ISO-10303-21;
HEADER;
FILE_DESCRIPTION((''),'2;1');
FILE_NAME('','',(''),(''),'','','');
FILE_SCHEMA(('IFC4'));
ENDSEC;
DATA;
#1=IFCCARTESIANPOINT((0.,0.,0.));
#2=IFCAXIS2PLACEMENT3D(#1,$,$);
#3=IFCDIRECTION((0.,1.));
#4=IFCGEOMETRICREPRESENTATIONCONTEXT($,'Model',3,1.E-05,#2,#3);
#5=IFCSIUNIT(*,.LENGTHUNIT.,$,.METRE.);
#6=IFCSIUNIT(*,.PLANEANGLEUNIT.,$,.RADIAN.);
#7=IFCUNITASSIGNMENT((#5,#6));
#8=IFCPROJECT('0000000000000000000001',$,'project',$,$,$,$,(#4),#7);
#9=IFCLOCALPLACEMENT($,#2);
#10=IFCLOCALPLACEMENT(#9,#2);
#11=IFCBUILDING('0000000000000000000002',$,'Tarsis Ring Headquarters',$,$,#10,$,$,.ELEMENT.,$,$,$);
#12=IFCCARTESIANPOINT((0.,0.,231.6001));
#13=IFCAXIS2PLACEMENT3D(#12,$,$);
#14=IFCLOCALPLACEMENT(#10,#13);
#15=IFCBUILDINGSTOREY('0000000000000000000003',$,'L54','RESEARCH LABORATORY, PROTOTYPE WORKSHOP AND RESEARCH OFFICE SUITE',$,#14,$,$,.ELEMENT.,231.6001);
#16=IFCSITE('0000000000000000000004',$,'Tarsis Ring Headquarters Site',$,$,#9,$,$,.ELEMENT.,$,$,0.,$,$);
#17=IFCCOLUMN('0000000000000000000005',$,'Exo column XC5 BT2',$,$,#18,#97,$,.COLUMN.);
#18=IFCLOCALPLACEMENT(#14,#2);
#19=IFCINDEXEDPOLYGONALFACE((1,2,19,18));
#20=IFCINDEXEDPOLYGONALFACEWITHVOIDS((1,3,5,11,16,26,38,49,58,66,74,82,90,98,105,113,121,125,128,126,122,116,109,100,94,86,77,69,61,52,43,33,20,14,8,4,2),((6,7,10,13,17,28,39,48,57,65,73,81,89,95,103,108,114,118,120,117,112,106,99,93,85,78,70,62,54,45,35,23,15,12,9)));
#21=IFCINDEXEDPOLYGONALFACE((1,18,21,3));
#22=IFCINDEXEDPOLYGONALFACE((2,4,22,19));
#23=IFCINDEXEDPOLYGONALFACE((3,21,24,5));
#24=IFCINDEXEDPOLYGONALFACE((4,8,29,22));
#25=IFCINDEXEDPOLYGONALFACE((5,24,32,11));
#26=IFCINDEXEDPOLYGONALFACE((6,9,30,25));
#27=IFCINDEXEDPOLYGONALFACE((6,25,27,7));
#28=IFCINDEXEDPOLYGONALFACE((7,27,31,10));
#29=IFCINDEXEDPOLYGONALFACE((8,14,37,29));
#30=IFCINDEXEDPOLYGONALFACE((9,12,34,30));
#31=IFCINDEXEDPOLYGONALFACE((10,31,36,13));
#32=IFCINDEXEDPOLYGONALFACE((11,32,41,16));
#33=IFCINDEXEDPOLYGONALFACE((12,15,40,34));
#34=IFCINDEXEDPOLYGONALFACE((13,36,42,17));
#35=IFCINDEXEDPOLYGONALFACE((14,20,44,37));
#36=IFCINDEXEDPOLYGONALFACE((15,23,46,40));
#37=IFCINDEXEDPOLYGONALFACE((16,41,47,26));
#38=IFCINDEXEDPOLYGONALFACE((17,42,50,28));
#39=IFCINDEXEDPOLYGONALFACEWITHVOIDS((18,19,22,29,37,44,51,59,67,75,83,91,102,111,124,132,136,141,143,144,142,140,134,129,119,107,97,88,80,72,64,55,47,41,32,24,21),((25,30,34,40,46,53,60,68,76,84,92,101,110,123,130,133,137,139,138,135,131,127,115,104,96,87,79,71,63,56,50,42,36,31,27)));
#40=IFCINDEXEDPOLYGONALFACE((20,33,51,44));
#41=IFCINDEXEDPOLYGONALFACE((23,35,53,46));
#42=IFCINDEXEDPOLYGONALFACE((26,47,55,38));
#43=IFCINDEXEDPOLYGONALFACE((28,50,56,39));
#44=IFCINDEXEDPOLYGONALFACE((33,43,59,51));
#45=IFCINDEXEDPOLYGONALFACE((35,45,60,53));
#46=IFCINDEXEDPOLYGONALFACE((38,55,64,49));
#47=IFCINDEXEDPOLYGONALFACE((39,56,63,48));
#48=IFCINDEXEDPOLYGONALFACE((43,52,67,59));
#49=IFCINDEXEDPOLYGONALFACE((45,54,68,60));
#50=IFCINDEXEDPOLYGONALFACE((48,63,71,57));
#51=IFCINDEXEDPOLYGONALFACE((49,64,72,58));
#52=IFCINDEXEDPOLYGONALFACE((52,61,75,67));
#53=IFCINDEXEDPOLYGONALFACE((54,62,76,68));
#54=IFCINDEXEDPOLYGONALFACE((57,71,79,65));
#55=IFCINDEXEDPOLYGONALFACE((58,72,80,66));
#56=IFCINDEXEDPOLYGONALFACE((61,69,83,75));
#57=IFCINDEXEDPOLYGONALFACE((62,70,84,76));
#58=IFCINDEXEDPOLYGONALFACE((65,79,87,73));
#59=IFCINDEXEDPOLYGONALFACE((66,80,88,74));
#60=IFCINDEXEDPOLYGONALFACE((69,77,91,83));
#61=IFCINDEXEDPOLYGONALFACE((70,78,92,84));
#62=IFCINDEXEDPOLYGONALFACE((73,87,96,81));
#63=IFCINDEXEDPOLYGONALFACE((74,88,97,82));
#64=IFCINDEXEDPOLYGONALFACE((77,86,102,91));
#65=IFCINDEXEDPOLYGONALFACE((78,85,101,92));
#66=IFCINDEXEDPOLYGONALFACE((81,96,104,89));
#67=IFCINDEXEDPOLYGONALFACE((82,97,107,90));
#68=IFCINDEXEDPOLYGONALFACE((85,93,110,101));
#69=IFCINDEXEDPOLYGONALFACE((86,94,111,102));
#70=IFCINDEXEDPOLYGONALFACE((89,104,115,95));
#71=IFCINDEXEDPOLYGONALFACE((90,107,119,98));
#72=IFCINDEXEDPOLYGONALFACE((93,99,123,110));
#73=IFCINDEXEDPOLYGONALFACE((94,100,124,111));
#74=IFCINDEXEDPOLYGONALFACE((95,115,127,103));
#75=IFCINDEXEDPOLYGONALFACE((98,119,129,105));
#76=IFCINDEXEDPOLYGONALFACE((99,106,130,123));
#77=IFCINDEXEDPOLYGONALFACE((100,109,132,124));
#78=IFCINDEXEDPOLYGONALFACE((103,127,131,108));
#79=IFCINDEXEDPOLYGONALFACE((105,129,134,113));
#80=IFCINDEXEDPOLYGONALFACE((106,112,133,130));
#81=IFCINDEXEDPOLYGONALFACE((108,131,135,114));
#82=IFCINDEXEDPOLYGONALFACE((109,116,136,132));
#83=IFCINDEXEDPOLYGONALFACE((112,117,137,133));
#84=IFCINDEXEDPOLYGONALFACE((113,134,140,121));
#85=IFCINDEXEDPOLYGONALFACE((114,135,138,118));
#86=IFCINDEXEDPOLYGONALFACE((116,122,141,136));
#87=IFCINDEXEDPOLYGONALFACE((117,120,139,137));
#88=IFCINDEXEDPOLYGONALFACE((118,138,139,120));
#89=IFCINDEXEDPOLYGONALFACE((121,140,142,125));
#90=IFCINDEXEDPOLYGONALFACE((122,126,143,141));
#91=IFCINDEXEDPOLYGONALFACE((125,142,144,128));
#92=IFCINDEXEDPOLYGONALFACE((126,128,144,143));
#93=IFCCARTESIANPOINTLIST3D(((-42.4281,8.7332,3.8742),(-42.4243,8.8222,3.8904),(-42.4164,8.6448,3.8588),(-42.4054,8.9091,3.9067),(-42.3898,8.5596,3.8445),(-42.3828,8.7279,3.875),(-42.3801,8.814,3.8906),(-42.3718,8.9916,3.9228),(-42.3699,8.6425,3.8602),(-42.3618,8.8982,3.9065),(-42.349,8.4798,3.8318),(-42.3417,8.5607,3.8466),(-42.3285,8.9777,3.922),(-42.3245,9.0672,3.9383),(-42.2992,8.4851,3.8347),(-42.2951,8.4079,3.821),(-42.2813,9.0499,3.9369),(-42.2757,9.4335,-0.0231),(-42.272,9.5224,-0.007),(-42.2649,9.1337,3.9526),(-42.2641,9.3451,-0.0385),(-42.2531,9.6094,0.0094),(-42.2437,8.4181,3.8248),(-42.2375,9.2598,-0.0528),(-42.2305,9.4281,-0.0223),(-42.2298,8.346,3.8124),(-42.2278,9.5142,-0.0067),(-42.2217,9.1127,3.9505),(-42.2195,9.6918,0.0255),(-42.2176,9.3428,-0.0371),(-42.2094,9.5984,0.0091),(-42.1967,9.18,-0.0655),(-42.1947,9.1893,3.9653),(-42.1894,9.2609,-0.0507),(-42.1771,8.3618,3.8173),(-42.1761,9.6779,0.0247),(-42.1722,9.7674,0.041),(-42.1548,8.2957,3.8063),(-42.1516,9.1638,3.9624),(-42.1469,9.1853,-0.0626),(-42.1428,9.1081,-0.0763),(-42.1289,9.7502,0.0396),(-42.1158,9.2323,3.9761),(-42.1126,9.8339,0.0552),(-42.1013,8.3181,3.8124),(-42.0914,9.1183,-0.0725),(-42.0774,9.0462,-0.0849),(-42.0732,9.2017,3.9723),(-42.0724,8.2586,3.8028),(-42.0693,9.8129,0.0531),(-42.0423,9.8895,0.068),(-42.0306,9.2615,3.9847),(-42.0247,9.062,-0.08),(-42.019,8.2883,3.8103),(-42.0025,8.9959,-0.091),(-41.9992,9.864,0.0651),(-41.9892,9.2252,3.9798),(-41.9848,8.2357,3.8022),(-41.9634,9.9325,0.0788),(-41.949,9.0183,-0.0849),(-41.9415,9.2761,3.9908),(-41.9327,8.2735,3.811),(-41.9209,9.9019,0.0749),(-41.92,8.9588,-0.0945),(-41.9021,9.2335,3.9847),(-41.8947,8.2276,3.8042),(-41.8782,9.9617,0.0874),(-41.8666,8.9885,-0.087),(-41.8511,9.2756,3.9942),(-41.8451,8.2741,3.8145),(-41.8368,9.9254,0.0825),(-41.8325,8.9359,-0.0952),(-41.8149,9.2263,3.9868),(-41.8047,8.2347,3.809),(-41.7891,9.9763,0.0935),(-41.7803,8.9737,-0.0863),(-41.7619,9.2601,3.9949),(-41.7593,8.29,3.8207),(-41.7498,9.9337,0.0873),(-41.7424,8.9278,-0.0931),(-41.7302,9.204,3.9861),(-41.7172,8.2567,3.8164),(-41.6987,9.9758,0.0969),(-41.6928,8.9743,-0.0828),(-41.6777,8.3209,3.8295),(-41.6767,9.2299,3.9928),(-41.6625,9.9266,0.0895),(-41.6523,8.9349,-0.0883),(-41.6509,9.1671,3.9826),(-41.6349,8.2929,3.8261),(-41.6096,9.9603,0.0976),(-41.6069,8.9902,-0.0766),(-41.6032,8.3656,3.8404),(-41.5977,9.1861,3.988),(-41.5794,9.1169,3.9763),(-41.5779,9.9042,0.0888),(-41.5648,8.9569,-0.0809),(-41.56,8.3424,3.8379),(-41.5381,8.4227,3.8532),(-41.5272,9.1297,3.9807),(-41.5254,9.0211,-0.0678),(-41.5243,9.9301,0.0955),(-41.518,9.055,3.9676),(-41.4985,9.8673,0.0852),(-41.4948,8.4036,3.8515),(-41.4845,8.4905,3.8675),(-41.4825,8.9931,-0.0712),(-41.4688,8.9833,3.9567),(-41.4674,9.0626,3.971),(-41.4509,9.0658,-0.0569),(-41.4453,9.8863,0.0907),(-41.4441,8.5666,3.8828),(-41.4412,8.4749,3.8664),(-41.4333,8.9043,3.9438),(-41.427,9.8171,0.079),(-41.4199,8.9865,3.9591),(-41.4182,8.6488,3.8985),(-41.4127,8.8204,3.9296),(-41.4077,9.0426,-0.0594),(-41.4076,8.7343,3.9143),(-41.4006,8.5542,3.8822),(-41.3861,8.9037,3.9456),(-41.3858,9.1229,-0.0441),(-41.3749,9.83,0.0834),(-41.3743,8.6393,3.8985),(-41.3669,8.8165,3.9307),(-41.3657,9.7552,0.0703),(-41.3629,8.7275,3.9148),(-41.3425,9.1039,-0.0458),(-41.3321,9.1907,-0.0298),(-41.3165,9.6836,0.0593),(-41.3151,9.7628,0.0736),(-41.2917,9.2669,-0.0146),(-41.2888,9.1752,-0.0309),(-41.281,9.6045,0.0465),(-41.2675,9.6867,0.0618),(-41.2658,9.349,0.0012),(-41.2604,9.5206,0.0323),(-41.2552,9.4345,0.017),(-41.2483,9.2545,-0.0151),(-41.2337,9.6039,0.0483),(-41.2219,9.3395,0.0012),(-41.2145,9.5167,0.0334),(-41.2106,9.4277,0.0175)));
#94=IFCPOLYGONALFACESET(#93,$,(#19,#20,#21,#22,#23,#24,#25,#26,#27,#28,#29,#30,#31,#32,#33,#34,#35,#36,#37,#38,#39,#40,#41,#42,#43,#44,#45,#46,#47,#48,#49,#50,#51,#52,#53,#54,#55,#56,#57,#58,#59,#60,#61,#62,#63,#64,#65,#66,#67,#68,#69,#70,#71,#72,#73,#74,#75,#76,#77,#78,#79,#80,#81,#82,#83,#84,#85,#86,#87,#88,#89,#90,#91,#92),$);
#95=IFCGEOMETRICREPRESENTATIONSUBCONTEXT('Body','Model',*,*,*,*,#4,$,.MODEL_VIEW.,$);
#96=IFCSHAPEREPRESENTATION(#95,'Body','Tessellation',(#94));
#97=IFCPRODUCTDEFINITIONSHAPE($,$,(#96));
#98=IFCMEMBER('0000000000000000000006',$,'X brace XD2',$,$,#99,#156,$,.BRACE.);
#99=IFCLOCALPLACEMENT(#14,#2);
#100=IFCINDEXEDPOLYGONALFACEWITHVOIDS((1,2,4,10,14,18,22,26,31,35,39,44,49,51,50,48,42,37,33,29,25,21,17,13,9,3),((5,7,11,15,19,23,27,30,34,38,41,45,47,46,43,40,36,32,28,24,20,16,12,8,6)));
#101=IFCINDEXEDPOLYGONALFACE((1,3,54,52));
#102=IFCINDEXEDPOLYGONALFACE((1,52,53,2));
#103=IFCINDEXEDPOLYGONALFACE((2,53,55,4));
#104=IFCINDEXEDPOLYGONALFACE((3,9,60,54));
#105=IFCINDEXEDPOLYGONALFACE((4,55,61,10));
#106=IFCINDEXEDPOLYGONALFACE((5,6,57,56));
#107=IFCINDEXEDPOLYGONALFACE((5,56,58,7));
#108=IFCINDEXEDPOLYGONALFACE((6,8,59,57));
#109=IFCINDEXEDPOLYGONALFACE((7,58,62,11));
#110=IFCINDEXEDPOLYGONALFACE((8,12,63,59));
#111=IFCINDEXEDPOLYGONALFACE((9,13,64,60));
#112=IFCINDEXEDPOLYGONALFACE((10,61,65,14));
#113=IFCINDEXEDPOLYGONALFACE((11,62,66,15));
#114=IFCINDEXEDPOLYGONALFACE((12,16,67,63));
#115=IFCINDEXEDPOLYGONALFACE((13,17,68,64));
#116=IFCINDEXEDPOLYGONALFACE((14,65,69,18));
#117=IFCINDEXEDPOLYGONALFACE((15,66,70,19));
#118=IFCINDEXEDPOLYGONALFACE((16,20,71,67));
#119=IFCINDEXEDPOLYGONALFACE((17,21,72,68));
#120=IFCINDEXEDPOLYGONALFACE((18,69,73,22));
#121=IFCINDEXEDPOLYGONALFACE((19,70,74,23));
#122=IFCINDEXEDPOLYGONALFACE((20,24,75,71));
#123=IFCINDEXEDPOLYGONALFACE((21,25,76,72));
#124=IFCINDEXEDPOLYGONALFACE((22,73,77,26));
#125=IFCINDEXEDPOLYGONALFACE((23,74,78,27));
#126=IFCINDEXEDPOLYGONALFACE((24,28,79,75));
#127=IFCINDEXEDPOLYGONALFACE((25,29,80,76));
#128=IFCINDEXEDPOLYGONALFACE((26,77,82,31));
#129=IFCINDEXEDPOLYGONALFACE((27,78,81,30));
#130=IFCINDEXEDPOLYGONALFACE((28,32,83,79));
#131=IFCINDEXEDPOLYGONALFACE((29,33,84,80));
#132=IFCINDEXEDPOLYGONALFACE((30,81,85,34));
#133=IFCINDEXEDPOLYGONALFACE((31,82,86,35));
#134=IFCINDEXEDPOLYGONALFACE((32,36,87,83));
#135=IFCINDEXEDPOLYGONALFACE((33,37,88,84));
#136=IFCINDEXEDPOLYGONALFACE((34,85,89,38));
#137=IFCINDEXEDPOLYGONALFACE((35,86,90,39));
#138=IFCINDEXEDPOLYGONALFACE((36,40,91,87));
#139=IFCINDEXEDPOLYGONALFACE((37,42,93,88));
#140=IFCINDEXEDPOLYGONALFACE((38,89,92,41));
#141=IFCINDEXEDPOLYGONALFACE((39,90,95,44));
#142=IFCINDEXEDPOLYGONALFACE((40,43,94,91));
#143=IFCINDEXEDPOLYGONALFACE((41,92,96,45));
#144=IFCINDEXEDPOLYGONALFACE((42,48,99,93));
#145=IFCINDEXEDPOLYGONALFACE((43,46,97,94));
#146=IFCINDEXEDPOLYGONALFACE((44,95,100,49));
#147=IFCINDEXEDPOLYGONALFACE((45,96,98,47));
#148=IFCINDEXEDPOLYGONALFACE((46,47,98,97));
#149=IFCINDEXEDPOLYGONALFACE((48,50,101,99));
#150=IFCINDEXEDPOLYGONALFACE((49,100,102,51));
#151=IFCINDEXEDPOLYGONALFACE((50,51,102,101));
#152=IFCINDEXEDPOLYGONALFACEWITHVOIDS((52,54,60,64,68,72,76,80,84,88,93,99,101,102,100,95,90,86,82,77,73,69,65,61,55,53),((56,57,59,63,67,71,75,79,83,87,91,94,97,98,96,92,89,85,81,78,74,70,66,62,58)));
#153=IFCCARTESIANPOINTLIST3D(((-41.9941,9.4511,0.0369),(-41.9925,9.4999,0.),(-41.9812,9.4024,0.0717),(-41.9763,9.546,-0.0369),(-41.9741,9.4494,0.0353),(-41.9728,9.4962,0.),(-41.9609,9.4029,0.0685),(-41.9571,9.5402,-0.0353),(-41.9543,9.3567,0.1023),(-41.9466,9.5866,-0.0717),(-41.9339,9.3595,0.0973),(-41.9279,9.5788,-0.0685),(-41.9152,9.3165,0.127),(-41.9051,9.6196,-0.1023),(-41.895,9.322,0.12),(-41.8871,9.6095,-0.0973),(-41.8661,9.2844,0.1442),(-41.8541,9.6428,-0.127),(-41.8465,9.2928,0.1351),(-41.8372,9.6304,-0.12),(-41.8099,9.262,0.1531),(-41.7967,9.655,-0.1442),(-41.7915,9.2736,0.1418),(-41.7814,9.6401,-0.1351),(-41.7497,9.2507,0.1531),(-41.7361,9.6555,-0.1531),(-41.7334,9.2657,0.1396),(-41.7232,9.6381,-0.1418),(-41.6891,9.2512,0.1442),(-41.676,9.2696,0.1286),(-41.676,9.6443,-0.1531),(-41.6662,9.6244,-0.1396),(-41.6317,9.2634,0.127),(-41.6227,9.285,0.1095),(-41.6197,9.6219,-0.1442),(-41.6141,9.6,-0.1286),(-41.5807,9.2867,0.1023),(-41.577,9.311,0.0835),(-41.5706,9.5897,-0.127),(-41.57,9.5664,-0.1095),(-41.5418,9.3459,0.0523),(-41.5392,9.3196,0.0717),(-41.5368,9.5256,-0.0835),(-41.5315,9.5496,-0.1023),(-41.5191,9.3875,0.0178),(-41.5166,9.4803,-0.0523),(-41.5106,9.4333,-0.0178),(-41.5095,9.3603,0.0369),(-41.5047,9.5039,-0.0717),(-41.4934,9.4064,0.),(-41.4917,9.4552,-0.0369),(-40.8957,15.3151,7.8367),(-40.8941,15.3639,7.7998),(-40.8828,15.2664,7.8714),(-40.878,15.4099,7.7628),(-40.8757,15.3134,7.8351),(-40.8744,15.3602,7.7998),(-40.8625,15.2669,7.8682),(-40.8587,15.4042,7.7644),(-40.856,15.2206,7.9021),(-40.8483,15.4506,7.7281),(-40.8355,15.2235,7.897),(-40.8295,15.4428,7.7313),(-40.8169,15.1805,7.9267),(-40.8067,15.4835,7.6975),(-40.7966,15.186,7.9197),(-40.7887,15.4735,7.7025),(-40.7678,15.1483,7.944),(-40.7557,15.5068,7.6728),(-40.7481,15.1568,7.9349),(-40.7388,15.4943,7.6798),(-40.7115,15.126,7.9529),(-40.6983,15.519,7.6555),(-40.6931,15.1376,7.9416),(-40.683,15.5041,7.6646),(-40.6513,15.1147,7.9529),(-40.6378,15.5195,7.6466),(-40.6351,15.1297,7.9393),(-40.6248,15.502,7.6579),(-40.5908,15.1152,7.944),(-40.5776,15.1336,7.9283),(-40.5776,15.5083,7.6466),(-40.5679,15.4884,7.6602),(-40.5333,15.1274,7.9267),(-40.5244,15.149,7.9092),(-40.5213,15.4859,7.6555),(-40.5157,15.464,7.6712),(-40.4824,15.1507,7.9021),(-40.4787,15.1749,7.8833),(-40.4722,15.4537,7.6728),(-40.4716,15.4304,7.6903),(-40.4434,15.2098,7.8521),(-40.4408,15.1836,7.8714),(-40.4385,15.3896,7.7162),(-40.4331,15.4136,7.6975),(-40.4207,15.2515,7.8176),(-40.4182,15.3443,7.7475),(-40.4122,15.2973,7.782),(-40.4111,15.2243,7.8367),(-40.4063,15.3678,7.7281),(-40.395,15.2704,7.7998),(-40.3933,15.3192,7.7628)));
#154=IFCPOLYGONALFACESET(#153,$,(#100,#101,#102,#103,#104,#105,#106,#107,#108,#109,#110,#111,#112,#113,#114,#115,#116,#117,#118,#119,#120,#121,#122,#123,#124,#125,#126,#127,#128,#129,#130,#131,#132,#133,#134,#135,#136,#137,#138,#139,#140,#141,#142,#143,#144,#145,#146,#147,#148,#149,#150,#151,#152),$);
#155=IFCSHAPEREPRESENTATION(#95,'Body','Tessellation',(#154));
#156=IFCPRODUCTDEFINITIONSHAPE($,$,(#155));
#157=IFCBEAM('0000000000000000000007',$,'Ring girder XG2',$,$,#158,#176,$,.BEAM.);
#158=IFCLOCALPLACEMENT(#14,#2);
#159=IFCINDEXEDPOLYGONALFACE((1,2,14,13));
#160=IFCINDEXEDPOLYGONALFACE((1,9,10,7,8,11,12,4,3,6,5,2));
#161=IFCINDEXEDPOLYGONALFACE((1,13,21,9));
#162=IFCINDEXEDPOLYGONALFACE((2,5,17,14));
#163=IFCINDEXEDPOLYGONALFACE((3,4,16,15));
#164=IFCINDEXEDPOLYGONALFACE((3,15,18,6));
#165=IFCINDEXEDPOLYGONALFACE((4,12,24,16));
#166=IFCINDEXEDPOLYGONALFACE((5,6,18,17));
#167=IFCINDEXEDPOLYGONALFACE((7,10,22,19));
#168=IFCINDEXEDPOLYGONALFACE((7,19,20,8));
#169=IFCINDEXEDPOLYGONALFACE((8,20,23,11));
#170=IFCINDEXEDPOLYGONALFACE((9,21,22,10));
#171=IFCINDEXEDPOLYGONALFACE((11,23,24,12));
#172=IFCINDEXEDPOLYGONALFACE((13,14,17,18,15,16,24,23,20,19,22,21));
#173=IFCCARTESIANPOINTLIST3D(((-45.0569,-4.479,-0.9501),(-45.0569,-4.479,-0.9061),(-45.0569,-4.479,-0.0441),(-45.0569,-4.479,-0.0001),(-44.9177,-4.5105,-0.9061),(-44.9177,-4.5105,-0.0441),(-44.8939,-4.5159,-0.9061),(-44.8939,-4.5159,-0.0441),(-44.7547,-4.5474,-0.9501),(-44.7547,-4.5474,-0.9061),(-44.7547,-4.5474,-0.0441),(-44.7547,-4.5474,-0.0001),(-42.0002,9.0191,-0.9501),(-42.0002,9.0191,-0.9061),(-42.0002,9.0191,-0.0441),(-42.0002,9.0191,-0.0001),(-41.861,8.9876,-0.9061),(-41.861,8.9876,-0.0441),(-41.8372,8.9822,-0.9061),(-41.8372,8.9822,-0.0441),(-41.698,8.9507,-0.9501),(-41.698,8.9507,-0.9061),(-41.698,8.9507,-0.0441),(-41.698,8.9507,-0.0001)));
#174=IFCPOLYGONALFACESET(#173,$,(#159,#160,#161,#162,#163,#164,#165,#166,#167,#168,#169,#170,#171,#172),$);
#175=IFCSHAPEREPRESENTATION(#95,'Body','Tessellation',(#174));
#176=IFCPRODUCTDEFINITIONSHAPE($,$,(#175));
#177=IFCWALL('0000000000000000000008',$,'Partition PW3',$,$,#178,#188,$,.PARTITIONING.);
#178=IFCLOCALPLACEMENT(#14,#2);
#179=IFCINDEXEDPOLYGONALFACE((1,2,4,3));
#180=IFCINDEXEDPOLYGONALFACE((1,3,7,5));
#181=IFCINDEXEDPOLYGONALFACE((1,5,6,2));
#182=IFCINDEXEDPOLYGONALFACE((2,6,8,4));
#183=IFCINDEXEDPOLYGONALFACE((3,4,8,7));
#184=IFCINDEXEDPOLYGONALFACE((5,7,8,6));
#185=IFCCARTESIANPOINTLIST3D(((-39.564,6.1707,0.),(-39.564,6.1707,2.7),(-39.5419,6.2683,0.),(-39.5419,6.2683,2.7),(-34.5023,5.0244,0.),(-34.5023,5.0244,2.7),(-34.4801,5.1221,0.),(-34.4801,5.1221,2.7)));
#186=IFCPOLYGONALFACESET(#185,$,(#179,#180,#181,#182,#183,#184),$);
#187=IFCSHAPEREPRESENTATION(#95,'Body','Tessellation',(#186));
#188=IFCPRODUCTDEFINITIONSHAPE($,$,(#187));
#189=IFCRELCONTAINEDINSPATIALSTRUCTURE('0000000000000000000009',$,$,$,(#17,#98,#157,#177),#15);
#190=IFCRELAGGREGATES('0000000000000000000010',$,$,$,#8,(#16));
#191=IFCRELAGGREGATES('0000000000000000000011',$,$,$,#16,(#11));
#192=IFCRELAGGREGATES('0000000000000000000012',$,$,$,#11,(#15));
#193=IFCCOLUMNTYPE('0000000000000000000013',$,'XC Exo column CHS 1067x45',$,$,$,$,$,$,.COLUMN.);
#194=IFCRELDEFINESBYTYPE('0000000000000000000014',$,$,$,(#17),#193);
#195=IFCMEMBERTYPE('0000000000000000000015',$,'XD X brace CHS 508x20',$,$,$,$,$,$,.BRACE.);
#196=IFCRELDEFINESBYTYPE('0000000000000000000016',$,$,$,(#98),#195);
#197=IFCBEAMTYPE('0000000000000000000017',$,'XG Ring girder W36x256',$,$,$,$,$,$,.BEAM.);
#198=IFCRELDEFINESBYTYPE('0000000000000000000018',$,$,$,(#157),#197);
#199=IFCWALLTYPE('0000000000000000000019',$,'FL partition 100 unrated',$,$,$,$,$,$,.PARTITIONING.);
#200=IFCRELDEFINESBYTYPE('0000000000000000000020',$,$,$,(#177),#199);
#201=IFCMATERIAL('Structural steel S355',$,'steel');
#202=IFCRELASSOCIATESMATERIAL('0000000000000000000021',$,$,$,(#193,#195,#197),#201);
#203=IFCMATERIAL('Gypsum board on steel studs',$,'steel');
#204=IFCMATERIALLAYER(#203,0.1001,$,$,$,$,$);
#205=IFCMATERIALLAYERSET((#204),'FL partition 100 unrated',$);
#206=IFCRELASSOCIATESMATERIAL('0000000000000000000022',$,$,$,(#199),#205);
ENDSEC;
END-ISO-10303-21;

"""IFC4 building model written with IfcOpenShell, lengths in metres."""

from ifc_helpers import new_model, si_unit, direction, frame, frame_2d, origin, origin_2d, place, context, subcontext, project, spatial, rectangle, hollow_circle, i_section, extrude, material, layer, layer_set, material_profile, profile_set, type_object, element, save


model = new_model("IFC4")

# Units and contexts
model_context = context("Model", 3, precision=1e-05, world=origin(), true_north=direction((0.0, 1.0)))
body_context = subcontext(model_context, "Body", "Model", "MODEL_VIEW")
ifc_project = project(units=[si_unit("LENGTHUNIT", "METRE"), si_unit("PLANEANGLEUNIT", "RADIAN")], contexts=[model_context])

# Site, building, storey
site_placement = place(None, origin())
site = spatial("IfcSite", under=ifc_project, at=site_placement, Name="Tarsis Ring Headquarters Site", CompositionType="ELEMENT", RefElevation=0.0)
building_placement = place(site_placement, origin())
building = spatial("IfcBuilding", under=site, at=building_placement, Name="Tarsis Ring Headquarters", CompositionType="ELEMENT")
storey_placement = place(building_placement, frame((0.0, 0.0, 231.6001)))
storey = spatial("IfcBuildingStorey", under=building, at=storey_placement, Name="L54", Description="RESEARCH LABORATORY, PROTOTYPE WORKSHOP AND RESEARCH OFFICE SUITE", CompositionType="ELEMENT", Elevation=231.6001)

# Column
ifc_material_1 = material(Name="Structural steel S355", Category="steel")
ifc_material_profile_1 = material_profile(ifc_material_1, hollow_circle(Radius=0.5334, WallThickness=0.0449, at=origin_2d()), Name="CHS 1067x45")
ifc_profile_set_1 = profile_set([ifc_material_profile_1], Name="Structural steel S355")
column_type = type_object("IfcColumnType", Name="XC Exo column CHS 1067x45", PredefinedType="COLUMN", material=ifc_profile_set_1)
column_placement = place(storey_placement, frame((-41.7432, 9.4529, 0.0012), z_axis=(-0.038446, -0.176703, 0.983513), x_axis=(0.977139, -0.212599, 0.0)))
element("IfcColumn", 1, at=column_placement, inside=storey, type_object=column_type, Name="Exo column XC5 BT2", PredefinedType="COLUMN", context=body_context, shape_type="SweptSolid", body=[
    extrude(hollow_circle(Radius=0.5334, WallThickness=0.0449, at=origin_2d()), origin(), (0.0, 0.0, 1.0), 3.9626),
])

# Member
ifc_material_profile_2 = material_profile(ifc_material_1, hollow_circle(Radius=0.2539, WallThickness=0.02, at=origin_2d()), Name="CHS 508x20")
ifc_profile_set_2 = profile_set([ifc_material_profile_2], Name="Structural steel S355")
member_type = type_object("IfcMemberType", Name="XD X brace CHS 508x20", PredefinedType="BRACE", material=ifc_profile_set_2)
member_placement = place(storey_placement, frame((-41.7429, 9.4531, 0.0), z_axis=(0.111854, 0.597157, 0.794287), x_axis=(-0.982906, 0.184108, 0.0)))
element("IfcMember", 2, at=member_placement, inside=storey, type_object=member_type, Name="X brace XD2", PredefinedType="BRACE", context=body_context, shape_type="SweptSolid", body=[
    extrude(hollow_circle(Radius=0.2539, WallThickness=0.02, at=origin_2d()), origin(), (0.0, 0.0, 1.0), 9.8198),
])

# Beam
ifc_material_profile_3 = material_profile(ifc_material_1, i_section(OverallWidth=0.3098, OverallDepth=0.95, WebThickness=0.0244, FlangeThickness=0.0439, at=origin_2d()), Name="W36x256")
ifc_profile_set_3 = profile_set([ifc_material_profile_3], Name="Structural steel S355")
beam_type = type_object("IfcBeamType", Name="XG Ring girder W36x256", PredefinedType="BEAM", material=ifc_profile_set_3)
beam_placement = place(storey_placement, frame((-41.8491, 8.9849, -0.4751), z_axis=(-0.220859, -0.975306, 0.0), x_axis=(0.975306, -0.220859, 0.0)))
element("IfcBeam", 3, at=beam_placement, inside=storey, type_object=beam_type, Name="Ring girder XG2", PredefinedType="BEAM", context=body_context, shape_type="SweptSolid", body=[
    extrude(i_section(OverallWidth=0.3098, OverallDepth=0.95, WebThickness=0.0244, FlangeThickness=0.0439, at=origin_2d()), origin(), (0.0, 0.0, 1.0), 13.8398),
])

# Wall
ifc_material_2 = material(Name="Gypsum board on steel studs", Category="steel")
ifc_layer_1 = layer(ifc_material_2, 0.1001)
ifc_layer_set_1 = layer_set([ifc_layer_1], Name="FL partition 100 unrated")
wall_type_1 = type_object("IfcWallType", Name="FL partition 100 unrated", PredefinedType="PARTITIONING", material=ifc_layer_set_1)
wall_1_placement = place(storey_placement, frame((-39.553, 6.2195, 0.0), z_axis=(0.0, 0.0, 1.0), x_axis=(0.975306, -0.220859, 0.0)))
element("IfcWall", 4, at=wall_1_placement, inside=storey, type_object=wall_type_1, Name="Partition PW3", PredefinedType="PARTITIONING", context=body_context, shape_type="SweptSolid", body=[
    extrude(rectangle(XDim=5.1899, YDim=0.1001, at=frame_2d((2.595, 0.0))), origin(), (0.0, 0.0, 1.0), 2.7),
])

save(model, "model.ifc")
